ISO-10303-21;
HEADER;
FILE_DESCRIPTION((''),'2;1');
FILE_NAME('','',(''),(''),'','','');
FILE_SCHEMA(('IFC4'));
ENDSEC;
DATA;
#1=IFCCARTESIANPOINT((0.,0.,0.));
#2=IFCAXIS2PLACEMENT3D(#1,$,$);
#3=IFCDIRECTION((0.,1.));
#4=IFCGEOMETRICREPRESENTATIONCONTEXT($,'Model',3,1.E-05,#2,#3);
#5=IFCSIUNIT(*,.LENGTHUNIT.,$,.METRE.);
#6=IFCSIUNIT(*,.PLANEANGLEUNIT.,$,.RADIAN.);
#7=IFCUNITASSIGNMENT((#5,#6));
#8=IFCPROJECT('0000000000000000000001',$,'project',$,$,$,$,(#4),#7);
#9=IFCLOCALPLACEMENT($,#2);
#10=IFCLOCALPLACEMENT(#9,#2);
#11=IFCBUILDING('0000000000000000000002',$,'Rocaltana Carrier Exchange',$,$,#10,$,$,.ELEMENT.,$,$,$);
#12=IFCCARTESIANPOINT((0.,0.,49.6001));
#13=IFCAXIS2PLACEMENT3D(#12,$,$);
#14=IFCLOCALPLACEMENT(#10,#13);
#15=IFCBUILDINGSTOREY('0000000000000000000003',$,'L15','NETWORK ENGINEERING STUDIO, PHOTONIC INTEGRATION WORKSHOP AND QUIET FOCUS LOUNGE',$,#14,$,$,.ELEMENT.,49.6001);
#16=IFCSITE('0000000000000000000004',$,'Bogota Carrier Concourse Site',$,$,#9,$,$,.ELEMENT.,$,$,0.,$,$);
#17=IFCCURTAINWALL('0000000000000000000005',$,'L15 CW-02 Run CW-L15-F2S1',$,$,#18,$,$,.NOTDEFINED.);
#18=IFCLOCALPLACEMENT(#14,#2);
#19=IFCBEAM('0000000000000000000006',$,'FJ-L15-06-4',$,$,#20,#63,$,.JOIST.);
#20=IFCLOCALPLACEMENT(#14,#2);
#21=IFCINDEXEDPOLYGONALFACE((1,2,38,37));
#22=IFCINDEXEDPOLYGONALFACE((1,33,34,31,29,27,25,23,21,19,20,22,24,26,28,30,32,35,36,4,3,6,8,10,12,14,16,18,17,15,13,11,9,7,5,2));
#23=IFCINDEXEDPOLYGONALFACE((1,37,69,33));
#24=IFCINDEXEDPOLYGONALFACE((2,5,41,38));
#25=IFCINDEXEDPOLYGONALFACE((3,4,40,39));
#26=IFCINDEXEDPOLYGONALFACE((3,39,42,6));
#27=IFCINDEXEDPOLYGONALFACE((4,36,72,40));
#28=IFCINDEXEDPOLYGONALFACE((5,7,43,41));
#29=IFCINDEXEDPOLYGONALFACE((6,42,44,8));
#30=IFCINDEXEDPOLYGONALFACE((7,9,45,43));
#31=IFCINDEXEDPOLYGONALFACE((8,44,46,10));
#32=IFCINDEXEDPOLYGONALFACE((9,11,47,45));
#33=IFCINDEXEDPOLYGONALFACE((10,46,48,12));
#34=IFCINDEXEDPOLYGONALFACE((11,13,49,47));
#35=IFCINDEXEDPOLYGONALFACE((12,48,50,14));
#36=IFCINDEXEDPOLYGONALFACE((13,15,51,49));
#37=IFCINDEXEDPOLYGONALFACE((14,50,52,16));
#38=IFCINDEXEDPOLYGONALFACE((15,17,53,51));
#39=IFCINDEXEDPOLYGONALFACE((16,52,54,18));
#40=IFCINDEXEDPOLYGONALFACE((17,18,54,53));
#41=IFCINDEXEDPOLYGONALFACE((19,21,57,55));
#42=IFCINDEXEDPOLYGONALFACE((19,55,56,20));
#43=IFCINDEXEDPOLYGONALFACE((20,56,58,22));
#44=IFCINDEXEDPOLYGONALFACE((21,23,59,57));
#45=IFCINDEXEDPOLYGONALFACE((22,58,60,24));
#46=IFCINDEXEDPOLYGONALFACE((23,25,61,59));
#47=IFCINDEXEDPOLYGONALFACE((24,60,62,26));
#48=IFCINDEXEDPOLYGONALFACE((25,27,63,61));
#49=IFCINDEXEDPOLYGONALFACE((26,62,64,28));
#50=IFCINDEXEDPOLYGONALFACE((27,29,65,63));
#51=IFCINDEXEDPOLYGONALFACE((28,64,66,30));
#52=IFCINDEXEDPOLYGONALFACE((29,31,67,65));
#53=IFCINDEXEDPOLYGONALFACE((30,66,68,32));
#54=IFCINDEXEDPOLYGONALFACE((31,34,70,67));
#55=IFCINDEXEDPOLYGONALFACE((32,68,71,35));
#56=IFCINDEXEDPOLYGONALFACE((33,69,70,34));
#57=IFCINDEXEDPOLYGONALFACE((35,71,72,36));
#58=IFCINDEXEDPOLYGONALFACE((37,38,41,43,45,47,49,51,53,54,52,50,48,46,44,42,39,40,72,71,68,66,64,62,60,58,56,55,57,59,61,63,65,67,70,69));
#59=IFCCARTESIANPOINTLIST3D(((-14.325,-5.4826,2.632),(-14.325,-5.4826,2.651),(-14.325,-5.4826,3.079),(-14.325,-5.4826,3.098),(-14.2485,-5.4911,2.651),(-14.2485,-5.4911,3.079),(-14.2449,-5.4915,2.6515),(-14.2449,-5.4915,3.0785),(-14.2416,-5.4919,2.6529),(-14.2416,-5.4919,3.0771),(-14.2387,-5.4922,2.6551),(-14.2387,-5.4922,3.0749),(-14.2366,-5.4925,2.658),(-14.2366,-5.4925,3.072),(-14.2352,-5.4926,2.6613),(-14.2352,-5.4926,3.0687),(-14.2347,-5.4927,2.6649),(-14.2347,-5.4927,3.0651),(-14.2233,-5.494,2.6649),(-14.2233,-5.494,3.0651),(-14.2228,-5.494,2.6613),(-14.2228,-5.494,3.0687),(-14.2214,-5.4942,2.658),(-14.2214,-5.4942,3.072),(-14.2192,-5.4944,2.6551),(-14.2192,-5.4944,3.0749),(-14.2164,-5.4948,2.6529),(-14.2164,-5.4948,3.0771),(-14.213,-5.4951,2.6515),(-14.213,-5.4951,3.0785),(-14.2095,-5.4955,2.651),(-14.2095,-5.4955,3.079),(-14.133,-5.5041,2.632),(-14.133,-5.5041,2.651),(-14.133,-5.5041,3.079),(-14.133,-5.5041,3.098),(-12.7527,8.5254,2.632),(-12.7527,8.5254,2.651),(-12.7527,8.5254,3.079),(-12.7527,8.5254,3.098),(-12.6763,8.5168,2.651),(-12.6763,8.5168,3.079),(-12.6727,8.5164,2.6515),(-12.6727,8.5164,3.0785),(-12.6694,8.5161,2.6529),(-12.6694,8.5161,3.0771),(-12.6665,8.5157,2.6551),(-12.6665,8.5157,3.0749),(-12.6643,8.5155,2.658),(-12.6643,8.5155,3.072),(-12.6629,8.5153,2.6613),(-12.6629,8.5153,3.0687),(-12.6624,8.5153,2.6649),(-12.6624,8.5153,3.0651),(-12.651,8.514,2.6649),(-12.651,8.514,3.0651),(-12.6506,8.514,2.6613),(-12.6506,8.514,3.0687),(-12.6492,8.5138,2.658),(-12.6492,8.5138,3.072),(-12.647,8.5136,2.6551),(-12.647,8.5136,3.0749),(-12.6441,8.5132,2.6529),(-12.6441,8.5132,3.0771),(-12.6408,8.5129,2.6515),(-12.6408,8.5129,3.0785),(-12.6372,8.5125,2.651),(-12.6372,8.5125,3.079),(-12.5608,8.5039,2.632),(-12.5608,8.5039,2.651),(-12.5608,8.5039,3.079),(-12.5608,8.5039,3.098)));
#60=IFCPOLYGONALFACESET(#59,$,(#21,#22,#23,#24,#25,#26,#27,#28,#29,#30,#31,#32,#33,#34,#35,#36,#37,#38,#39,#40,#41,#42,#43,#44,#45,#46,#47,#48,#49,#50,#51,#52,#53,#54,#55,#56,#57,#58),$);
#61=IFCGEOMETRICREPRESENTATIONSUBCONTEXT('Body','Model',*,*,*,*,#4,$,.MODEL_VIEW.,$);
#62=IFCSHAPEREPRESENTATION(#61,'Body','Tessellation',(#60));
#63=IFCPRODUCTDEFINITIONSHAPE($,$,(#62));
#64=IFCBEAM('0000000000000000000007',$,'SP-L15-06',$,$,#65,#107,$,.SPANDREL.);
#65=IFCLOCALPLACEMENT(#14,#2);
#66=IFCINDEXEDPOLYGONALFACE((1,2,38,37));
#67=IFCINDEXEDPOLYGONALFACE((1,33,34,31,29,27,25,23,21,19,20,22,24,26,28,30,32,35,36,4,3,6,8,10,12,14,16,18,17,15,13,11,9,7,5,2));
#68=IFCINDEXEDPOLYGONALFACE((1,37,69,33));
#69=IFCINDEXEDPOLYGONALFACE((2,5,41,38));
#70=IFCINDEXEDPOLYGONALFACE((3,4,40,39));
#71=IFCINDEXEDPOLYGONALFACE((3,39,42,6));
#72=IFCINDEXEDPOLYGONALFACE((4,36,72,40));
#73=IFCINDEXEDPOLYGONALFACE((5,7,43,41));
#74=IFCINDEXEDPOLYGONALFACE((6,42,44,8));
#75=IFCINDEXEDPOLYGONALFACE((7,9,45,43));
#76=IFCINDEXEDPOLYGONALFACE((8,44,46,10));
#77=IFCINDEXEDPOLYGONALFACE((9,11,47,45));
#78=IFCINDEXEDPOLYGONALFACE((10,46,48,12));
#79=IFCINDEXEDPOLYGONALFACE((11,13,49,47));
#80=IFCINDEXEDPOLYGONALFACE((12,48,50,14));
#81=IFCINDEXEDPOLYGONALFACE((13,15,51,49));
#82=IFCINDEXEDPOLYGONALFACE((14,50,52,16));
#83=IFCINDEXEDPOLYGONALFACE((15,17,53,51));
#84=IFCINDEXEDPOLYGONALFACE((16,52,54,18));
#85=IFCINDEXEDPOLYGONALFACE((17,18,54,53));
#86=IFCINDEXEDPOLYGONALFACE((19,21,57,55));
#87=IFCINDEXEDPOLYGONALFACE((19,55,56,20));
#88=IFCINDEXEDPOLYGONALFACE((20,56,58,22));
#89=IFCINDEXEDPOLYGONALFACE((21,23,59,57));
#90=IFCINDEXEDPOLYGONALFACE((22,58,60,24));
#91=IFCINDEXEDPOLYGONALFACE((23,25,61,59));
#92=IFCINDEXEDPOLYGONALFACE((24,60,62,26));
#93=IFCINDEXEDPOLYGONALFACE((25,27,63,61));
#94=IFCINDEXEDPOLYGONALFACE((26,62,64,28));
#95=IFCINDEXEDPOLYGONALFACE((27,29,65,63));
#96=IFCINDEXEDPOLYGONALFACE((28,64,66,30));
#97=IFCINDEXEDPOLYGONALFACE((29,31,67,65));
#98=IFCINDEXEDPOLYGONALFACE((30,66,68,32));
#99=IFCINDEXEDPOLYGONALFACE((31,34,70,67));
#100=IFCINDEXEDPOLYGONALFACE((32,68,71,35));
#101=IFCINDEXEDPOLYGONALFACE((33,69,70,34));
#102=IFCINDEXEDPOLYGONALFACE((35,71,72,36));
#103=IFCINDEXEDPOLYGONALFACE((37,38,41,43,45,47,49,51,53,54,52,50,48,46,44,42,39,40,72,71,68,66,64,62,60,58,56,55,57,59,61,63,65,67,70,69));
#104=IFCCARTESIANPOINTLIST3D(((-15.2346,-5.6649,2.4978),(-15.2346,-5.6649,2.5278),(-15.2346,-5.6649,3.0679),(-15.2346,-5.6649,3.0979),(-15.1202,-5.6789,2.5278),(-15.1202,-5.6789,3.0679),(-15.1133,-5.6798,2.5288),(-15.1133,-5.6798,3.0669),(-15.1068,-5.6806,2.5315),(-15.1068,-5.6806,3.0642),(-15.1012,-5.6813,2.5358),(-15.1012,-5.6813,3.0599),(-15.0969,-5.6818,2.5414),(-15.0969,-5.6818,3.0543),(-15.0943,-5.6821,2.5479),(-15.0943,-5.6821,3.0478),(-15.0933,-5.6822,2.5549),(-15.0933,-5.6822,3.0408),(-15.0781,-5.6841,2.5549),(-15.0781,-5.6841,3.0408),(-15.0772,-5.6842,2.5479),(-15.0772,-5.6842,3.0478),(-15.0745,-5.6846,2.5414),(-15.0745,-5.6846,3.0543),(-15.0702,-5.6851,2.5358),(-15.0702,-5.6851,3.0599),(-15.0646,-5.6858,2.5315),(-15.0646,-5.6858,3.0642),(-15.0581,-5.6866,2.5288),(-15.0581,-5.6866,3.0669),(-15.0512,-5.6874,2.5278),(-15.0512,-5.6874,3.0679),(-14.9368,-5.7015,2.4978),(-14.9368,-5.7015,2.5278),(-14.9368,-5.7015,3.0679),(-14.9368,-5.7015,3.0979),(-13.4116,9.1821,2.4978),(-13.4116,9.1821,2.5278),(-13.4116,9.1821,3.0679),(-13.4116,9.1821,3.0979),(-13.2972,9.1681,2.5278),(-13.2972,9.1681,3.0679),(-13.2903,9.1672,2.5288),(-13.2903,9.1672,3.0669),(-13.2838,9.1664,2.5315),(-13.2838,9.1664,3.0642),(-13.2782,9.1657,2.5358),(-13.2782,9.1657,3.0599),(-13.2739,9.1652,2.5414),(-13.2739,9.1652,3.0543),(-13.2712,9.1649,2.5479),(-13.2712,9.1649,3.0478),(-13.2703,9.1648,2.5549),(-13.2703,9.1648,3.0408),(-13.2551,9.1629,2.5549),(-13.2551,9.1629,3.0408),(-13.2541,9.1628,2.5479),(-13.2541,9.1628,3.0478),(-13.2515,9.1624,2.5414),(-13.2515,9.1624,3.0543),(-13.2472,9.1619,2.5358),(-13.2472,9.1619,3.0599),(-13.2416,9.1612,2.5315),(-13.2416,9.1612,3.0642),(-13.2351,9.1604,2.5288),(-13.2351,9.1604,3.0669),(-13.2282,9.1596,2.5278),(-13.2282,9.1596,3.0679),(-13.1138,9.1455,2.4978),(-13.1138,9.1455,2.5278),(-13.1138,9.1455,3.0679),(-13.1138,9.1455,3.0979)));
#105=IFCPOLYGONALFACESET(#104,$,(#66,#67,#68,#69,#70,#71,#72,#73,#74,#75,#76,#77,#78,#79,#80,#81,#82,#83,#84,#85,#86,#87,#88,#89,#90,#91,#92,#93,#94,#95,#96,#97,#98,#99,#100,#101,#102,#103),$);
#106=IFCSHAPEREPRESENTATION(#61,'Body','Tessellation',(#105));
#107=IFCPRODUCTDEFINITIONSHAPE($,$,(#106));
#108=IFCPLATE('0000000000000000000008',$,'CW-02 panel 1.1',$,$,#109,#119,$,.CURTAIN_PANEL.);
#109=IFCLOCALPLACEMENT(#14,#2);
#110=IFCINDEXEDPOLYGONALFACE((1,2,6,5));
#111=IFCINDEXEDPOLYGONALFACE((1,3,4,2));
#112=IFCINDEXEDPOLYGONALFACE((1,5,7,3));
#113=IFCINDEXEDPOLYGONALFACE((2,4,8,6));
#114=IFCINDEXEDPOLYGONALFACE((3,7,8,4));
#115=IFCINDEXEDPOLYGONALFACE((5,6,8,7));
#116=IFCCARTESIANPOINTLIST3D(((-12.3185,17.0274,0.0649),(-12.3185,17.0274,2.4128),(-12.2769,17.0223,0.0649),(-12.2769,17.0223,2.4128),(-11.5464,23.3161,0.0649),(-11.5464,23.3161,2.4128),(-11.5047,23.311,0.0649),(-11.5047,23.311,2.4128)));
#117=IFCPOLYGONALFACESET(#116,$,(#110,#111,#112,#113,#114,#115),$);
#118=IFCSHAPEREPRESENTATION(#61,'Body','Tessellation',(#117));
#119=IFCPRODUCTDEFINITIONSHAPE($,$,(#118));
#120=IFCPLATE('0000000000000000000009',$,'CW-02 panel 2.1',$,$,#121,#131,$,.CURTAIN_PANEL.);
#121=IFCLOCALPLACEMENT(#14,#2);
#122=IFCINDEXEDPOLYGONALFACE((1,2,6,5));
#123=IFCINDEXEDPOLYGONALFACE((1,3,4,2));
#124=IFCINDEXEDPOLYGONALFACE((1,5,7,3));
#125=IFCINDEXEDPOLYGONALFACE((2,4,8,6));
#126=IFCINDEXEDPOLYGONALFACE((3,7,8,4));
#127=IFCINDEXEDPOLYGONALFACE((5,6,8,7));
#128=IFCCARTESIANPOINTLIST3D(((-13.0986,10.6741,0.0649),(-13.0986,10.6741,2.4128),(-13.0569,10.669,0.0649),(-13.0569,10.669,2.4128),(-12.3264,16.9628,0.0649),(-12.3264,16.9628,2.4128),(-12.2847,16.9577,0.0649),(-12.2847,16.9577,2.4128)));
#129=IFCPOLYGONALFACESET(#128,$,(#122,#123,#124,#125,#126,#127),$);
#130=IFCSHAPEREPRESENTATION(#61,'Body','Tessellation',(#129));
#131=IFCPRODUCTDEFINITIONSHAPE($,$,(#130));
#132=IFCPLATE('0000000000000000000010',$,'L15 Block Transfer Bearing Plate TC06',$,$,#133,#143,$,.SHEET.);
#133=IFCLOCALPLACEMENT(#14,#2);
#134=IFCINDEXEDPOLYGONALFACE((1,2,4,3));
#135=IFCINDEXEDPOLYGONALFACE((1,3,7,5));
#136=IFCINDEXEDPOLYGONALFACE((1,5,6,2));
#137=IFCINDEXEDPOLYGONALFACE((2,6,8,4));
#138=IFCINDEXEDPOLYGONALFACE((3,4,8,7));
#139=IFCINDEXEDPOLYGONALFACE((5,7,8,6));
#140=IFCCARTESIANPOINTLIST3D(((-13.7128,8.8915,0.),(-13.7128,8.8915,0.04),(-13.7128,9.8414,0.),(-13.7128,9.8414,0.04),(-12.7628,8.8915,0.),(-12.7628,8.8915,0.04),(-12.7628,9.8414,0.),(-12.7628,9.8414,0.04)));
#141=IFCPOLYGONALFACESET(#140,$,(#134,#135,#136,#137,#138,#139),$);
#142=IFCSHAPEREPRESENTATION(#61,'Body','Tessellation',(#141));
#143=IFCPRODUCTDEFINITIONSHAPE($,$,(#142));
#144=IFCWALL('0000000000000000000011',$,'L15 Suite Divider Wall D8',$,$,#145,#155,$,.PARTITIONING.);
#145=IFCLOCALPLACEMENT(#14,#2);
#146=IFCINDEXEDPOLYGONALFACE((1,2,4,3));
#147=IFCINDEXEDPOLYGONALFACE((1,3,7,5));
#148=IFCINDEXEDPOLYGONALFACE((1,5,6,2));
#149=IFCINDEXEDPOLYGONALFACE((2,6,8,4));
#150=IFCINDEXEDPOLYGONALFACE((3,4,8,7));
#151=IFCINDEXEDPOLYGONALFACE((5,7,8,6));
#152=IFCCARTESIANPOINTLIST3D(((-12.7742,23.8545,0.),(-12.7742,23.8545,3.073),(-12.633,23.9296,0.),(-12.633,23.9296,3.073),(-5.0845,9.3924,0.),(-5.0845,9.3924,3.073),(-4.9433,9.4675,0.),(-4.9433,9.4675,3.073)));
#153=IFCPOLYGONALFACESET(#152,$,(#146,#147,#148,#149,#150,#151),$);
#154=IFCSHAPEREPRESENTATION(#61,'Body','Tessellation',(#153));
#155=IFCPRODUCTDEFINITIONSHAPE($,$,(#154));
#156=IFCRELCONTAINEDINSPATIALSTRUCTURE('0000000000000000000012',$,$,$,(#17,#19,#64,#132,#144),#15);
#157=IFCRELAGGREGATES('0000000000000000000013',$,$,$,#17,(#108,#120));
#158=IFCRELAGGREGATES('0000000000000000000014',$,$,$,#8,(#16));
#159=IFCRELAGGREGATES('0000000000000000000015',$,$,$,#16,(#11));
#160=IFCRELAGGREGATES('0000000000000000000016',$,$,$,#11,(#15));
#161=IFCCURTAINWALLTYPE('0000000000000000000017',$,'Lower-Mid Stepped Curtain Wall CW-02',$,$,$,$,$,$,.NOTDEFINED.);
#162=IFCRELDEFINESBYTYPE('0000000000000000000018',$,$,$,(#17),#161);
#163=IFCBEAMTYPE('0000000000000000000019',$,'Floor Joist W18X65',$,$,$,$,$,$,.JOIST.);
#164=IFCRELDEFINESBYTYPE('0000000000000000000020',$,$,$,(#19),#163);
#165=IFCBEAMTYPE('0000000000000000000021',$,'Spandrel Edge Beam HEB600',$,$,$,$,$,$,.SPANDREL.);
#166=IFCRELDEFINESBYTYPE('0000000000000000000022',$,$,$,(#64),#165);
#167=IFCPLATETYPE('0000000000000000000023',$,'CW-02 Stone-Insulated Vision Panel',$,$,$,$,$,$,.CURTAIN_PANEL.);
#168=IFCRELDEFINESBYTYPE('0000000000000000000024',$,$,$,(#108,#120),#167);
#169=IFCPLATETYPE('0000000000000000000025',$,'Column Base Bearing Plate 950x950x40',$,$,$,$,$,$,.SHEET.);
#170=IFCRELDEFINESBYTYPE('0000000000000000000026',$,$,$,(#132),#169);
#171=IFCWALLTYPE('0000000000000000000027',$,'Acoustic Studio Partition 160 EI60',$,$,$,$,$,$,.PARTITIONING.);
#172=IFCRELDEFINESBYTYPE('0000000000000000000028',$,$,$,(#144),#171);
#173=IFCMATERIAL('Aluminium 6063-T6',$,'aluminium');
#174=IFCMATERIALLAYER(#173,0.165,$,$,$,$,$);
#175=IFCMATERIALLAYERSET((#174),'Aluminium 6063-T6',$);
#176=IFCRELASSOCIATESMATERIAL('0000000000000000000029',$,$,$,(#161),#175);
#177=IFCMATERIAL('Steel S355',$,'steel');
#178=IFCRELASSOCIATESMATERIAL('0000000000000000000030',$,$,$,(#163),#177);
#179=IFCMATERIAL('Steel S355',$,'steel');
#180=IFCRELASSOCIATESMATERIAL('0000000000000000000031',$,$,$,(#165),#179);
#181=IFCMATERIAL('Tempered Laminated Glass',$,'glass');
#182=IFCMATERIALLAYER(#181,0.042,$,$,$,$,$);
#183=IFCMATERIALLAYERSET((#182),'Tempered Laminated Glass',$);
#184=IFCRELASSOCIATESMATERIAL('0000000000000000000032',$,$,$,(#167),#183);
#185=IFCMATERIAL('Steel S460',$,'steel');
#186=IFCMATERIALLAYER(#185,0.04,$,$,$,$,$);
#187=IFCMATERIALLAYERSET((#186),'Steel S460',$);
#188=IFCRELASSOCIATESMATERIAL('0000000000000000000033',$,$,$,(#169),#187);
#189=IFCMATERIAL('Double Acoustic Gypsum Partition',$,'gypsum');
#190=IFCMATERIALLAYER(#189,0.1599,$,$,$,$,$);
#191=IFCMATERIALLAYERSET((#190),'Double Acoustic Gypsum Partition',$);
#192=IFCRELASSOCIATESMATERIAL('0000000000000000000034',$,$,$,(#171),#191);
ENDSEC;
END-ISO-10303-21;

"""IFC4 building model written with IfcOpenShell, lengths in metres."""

from ifc_helpers import new_model, si_unit, direction, frame, frame_2d, origin, origin_2d, place, context, subcontext, project, spatial, rectangle, i_section, extrude, material, layer, layer_set, material_profile, profile_set, type_object, element, aggregate, save


model = new_model("IFC4")

# Units and contexts
model_context = context("Model", 3, precision=1e-05, world=origin(), true_north=direction((0.0, 1.0)))
body_context = subcontext(model_context, "Body", "Model", "MODEL_VIEW")
ifc_project = project(units=[si_unit("LENGTHUNIT", "METRE"), si_unit("PLANEANGLEUNIT", "RADIAN")], contexts=[model_context])

# Site, building, storey
site_placement = place(None, origin())
site = spatial("IfcSite", under=ifc_project, at=site_placement, Name="Bogota Carrier Concourse Site", CompositionType="ELEMENT", RefElevation=0.0)
building_placement = place(site_placement, origin())
building = spatial("IfcBuilding", under=site, at=building_placement, Name="Rocaltana Carrier Exchange", CompositionType="ELEMENT")
storey_placement = place(building_placement, frame((0.0, 0.0, 49.6001)))
storey = spatial("IfcBuildingStorey", under=building, at=storey_placement, Name="L15", Description="NETWORK ENGINEERING STUDIO, PHOTONIC INTEGRATION WORKSHOP AND QUIET FOCUS LOUNGE", CompositionType="ELEMENT", Elevation=49.6001)

# Curtain wall
ifc_material_1 = material(Name="Aluminium 6063-T6", Category="aluminium")
ifc_layer_1 = layer(ifc_material_1, 0.165)
ifc_layer_set_1 = layer_set([ifc_layer_1], Name="Aluminium 6063-T6")
curtain_wall_type = type_object("IfcCurtainWallType", Name="Lower-Mid Stepped Curtain Wall CW-02", PredefinedType="NOTDEFINED", material=ifc_layer_set_1)
curtain_wall_1_placement = place(storey_placement, origin())
curtain_wall_1 = element("IfcCurtainWall", 1, at=curtain_wall_1_placement, inside=storey, type_object=curtain_wall_type, Name="L15 CW-02 Run CW-L15-F2S1", PredefinedType="NOTDEFINED")

# Beams
ifc_material_2 = material(Name="Steel S355", Category="steel")
ifc_material_profile_1 = material_profile(ifc_material_2, i_section(OverallWidth=0.1931, OverallDepth=0.4661, WebThickness=0.0115, FlangeThickness=0.019, FilletRadius=0.0139, at=origin_2d()), Name="W18X65")
ifc_profile_set_1 = profile_set([ifc_material_profile_1], Name="Steel S355")
beam_type_1 = type_object("IfcBeamType", Name="Floor Joist W18X65", PredefinedType="JOIST", material=ifc_profile_set_1)
beam_1_placement = place(storey_placement, frame((-12.6567, 8.5146, 2.865), z_axis=(-0.11154, -0.99376, 0.0), x_axis=(0.99376, -0.11154, 0.0)))
element("IfcBeam", 2, at=beam_1_placement, inside=storey, type_object=beam_type_1, Name="FJ-L15-06-4", PredefinedType="JOIST", context=body_context, shape_type="SweptSolid", body=[
    extrude(i_section(OverallWidth=0.1931, OverallDepth=0.4661, WebThickness=0.0115, FlangeThickness=0.019, FilletRadius=0.0139, at=origin_2d()), origin(), (0.0, 0.0, 1.0), 14.0959),
])
ifc_material_3 = material(Name="Steel S355", Category="steel")
ifc_material_profile_2 = material_profile(ifc_material_3, i_section(OverallWidth=0.3, OverallDepth=0.6001, WebThickness=0.0154, FlangeThickness=0.03, FilletRadius=0.0271, at=origin_2d()), Name="HEB600")
ifc_profile_set_2 = profile_set([ifc_material_profile_2], Name="Steel S355")
beam_type_2 = type_object("IfcBeamType", Name="Spandrel Edge Beam HEB600", PredefinedType="SPANDREL", material=ifc_profile_set_2)
beam_2_placement = place(storey_placement, frame((-13.2627, 9.1638, 2.7979), z_axis=(-0.121871, -0.992546, 0.0), x_axis=(0.992546, -0.121871, 0.0)))
element("IfcBeam", 3, at=beam_2_placement, inside=storey, type_object=beam_type_2, Name="SP-L15-06", PredefinedType="SPANDREL", context=body_context, shape_type="SweptSolid", body=[
    extrude(i_section(OverallWidth=0.3, OverallDepth=0.6001, WebThickness=0.0154, FlangeThickness=0.03, FilletRadius=0.0271, at=origin_2d()), origin(), (0.0, 0.0, 1.0), 14.9585),
])

# Plates
ifc_material_4 = material(Name="Tempered Laminated Glass", Category="glass")
ifc_layer_2 = layer(ifc_material_4, 0.042)
ifc_layer_set_2 = layer_set([ifc_layer_2], Name="Tempered Laminated Glass")
plate_type_1 = type_object("IfcPlateType", Name="CW-02 Stone-Insulated Vision Panel", PredefinedType="CURTAIN_PANEL", material=ifc_layer_set_2)
plate_1_placement = place(storey_placement, frame((-11.9116, 20.1692, 0.0649), z_axis=(0.0, 0.0, 1.0), x_axis=(-0.121873, -0.992546, 0.0)))
plate_1 = element("IfcPlate", 4, at=plate_1_placement, type_object=plate_type_1, Name="CW-02 panel 1.1", PredefinedType="CURTAIN_PANEL", context=body_context, shape_type="SweptSolid", body=[
    extrude(rectangle(XDim=6.3359, YDim=0.042, at=origin_2d()), origin(), (0.0, 0.0, 1.0), 2.3479),
])
plate_2_placement = place(storey_placement, frame((-12.6917, 13.8159, 0.0649), z_axis=(0.0, 0.0, 1.0), x_axis=(-0.121873, -0.992546, 0.0)))
plate_2 = element("IfcPlate", 5, at=plate_2_placement, type_object=plate_type_1, Name="CW-02 panel 2.1", PredefinedType="CURTAIN_PANEL", context=body_context, shape_type="SweptSolid", body=[
    extrude(rectangle(XDim=6.3359, YDim=0.042, at=origin_2d()), origin(), (0.0, 0.0, 1.0), 2.3479),
])
aggregate(curtain_wall_1, [plate_1, plate_2])
ifc_material_5 = material(Name="Steel S460", Category="steel")
ifc_layer_3 = layer(ifc_material_5, 0.04)
ifc_layer_set_3 = layer_set([ifc_layer_3], Name="Steel S460")
plate_type_2 = type_object("IfcPlateType", Name="Column Base Bearing Plate 950x950x40", PredefinedType="SHEET", material=ifc_layer_set_3)
plate_3_placement = place(storey_placement, frame((-13.2378, 9.3665, 0.0), z_axis=(0.0, 0.0, 1.0), x_axis=(1.0, 0.0, 0.0)))
element("IfcPlate", 6, at=plate_3_placement, inside=storey, type_object=plate_type_2, Name="L15 Block Transfer Bearing Plate TC06", PredefinedType="SHEET", context=body_context, shape_type="SweptSolid", body=[
    extrude(rectangle(XDim=0.95, YDim=0.95, at=origin_2d()), origin(), (0.0, 0.0, 1.0), 0.04),
])

# Wall
ifc_material_6 = material(Name="Double Acoustic Gypsum Partition", Category="gypsum")
ifc_layer_4 = layer(ifc_material_6, 0.1599)
ifc_layer_set_4 = layer_set([ifc_layer_4], Name="Double Acoustic Gypsum Partition")
wall_type_1 = type_object("IfcWallType", Name="Acoustic Studio Partition 160 EI60", PredefinedType="PARTITIONING", material=ifc_layer_set_4)
wall_1_placement = place(storey_placement, frame((-5.0139, 9.4299, 0.0), z_axis=(0.0, 0.0, 1.0), x_axis=(-0.469473, 0.882947, 0.0)))
element("IfcWall", 7, at=wall_1_placement, inside=storey, type_object=wall_type_1, Name="L15 Suite Divider Wall D8", PredefinedType="PARTITIONING", context=body_context, shape_type="SweptSolid", body=[
    extrude(rectangle(XDim=16.3794, YDim=0.1599, at=frame_2d((8.1897, 0.0))), origin(), (0.0, 0.0, 1.0), 3.073),
])

save(model, "model.ifc")
